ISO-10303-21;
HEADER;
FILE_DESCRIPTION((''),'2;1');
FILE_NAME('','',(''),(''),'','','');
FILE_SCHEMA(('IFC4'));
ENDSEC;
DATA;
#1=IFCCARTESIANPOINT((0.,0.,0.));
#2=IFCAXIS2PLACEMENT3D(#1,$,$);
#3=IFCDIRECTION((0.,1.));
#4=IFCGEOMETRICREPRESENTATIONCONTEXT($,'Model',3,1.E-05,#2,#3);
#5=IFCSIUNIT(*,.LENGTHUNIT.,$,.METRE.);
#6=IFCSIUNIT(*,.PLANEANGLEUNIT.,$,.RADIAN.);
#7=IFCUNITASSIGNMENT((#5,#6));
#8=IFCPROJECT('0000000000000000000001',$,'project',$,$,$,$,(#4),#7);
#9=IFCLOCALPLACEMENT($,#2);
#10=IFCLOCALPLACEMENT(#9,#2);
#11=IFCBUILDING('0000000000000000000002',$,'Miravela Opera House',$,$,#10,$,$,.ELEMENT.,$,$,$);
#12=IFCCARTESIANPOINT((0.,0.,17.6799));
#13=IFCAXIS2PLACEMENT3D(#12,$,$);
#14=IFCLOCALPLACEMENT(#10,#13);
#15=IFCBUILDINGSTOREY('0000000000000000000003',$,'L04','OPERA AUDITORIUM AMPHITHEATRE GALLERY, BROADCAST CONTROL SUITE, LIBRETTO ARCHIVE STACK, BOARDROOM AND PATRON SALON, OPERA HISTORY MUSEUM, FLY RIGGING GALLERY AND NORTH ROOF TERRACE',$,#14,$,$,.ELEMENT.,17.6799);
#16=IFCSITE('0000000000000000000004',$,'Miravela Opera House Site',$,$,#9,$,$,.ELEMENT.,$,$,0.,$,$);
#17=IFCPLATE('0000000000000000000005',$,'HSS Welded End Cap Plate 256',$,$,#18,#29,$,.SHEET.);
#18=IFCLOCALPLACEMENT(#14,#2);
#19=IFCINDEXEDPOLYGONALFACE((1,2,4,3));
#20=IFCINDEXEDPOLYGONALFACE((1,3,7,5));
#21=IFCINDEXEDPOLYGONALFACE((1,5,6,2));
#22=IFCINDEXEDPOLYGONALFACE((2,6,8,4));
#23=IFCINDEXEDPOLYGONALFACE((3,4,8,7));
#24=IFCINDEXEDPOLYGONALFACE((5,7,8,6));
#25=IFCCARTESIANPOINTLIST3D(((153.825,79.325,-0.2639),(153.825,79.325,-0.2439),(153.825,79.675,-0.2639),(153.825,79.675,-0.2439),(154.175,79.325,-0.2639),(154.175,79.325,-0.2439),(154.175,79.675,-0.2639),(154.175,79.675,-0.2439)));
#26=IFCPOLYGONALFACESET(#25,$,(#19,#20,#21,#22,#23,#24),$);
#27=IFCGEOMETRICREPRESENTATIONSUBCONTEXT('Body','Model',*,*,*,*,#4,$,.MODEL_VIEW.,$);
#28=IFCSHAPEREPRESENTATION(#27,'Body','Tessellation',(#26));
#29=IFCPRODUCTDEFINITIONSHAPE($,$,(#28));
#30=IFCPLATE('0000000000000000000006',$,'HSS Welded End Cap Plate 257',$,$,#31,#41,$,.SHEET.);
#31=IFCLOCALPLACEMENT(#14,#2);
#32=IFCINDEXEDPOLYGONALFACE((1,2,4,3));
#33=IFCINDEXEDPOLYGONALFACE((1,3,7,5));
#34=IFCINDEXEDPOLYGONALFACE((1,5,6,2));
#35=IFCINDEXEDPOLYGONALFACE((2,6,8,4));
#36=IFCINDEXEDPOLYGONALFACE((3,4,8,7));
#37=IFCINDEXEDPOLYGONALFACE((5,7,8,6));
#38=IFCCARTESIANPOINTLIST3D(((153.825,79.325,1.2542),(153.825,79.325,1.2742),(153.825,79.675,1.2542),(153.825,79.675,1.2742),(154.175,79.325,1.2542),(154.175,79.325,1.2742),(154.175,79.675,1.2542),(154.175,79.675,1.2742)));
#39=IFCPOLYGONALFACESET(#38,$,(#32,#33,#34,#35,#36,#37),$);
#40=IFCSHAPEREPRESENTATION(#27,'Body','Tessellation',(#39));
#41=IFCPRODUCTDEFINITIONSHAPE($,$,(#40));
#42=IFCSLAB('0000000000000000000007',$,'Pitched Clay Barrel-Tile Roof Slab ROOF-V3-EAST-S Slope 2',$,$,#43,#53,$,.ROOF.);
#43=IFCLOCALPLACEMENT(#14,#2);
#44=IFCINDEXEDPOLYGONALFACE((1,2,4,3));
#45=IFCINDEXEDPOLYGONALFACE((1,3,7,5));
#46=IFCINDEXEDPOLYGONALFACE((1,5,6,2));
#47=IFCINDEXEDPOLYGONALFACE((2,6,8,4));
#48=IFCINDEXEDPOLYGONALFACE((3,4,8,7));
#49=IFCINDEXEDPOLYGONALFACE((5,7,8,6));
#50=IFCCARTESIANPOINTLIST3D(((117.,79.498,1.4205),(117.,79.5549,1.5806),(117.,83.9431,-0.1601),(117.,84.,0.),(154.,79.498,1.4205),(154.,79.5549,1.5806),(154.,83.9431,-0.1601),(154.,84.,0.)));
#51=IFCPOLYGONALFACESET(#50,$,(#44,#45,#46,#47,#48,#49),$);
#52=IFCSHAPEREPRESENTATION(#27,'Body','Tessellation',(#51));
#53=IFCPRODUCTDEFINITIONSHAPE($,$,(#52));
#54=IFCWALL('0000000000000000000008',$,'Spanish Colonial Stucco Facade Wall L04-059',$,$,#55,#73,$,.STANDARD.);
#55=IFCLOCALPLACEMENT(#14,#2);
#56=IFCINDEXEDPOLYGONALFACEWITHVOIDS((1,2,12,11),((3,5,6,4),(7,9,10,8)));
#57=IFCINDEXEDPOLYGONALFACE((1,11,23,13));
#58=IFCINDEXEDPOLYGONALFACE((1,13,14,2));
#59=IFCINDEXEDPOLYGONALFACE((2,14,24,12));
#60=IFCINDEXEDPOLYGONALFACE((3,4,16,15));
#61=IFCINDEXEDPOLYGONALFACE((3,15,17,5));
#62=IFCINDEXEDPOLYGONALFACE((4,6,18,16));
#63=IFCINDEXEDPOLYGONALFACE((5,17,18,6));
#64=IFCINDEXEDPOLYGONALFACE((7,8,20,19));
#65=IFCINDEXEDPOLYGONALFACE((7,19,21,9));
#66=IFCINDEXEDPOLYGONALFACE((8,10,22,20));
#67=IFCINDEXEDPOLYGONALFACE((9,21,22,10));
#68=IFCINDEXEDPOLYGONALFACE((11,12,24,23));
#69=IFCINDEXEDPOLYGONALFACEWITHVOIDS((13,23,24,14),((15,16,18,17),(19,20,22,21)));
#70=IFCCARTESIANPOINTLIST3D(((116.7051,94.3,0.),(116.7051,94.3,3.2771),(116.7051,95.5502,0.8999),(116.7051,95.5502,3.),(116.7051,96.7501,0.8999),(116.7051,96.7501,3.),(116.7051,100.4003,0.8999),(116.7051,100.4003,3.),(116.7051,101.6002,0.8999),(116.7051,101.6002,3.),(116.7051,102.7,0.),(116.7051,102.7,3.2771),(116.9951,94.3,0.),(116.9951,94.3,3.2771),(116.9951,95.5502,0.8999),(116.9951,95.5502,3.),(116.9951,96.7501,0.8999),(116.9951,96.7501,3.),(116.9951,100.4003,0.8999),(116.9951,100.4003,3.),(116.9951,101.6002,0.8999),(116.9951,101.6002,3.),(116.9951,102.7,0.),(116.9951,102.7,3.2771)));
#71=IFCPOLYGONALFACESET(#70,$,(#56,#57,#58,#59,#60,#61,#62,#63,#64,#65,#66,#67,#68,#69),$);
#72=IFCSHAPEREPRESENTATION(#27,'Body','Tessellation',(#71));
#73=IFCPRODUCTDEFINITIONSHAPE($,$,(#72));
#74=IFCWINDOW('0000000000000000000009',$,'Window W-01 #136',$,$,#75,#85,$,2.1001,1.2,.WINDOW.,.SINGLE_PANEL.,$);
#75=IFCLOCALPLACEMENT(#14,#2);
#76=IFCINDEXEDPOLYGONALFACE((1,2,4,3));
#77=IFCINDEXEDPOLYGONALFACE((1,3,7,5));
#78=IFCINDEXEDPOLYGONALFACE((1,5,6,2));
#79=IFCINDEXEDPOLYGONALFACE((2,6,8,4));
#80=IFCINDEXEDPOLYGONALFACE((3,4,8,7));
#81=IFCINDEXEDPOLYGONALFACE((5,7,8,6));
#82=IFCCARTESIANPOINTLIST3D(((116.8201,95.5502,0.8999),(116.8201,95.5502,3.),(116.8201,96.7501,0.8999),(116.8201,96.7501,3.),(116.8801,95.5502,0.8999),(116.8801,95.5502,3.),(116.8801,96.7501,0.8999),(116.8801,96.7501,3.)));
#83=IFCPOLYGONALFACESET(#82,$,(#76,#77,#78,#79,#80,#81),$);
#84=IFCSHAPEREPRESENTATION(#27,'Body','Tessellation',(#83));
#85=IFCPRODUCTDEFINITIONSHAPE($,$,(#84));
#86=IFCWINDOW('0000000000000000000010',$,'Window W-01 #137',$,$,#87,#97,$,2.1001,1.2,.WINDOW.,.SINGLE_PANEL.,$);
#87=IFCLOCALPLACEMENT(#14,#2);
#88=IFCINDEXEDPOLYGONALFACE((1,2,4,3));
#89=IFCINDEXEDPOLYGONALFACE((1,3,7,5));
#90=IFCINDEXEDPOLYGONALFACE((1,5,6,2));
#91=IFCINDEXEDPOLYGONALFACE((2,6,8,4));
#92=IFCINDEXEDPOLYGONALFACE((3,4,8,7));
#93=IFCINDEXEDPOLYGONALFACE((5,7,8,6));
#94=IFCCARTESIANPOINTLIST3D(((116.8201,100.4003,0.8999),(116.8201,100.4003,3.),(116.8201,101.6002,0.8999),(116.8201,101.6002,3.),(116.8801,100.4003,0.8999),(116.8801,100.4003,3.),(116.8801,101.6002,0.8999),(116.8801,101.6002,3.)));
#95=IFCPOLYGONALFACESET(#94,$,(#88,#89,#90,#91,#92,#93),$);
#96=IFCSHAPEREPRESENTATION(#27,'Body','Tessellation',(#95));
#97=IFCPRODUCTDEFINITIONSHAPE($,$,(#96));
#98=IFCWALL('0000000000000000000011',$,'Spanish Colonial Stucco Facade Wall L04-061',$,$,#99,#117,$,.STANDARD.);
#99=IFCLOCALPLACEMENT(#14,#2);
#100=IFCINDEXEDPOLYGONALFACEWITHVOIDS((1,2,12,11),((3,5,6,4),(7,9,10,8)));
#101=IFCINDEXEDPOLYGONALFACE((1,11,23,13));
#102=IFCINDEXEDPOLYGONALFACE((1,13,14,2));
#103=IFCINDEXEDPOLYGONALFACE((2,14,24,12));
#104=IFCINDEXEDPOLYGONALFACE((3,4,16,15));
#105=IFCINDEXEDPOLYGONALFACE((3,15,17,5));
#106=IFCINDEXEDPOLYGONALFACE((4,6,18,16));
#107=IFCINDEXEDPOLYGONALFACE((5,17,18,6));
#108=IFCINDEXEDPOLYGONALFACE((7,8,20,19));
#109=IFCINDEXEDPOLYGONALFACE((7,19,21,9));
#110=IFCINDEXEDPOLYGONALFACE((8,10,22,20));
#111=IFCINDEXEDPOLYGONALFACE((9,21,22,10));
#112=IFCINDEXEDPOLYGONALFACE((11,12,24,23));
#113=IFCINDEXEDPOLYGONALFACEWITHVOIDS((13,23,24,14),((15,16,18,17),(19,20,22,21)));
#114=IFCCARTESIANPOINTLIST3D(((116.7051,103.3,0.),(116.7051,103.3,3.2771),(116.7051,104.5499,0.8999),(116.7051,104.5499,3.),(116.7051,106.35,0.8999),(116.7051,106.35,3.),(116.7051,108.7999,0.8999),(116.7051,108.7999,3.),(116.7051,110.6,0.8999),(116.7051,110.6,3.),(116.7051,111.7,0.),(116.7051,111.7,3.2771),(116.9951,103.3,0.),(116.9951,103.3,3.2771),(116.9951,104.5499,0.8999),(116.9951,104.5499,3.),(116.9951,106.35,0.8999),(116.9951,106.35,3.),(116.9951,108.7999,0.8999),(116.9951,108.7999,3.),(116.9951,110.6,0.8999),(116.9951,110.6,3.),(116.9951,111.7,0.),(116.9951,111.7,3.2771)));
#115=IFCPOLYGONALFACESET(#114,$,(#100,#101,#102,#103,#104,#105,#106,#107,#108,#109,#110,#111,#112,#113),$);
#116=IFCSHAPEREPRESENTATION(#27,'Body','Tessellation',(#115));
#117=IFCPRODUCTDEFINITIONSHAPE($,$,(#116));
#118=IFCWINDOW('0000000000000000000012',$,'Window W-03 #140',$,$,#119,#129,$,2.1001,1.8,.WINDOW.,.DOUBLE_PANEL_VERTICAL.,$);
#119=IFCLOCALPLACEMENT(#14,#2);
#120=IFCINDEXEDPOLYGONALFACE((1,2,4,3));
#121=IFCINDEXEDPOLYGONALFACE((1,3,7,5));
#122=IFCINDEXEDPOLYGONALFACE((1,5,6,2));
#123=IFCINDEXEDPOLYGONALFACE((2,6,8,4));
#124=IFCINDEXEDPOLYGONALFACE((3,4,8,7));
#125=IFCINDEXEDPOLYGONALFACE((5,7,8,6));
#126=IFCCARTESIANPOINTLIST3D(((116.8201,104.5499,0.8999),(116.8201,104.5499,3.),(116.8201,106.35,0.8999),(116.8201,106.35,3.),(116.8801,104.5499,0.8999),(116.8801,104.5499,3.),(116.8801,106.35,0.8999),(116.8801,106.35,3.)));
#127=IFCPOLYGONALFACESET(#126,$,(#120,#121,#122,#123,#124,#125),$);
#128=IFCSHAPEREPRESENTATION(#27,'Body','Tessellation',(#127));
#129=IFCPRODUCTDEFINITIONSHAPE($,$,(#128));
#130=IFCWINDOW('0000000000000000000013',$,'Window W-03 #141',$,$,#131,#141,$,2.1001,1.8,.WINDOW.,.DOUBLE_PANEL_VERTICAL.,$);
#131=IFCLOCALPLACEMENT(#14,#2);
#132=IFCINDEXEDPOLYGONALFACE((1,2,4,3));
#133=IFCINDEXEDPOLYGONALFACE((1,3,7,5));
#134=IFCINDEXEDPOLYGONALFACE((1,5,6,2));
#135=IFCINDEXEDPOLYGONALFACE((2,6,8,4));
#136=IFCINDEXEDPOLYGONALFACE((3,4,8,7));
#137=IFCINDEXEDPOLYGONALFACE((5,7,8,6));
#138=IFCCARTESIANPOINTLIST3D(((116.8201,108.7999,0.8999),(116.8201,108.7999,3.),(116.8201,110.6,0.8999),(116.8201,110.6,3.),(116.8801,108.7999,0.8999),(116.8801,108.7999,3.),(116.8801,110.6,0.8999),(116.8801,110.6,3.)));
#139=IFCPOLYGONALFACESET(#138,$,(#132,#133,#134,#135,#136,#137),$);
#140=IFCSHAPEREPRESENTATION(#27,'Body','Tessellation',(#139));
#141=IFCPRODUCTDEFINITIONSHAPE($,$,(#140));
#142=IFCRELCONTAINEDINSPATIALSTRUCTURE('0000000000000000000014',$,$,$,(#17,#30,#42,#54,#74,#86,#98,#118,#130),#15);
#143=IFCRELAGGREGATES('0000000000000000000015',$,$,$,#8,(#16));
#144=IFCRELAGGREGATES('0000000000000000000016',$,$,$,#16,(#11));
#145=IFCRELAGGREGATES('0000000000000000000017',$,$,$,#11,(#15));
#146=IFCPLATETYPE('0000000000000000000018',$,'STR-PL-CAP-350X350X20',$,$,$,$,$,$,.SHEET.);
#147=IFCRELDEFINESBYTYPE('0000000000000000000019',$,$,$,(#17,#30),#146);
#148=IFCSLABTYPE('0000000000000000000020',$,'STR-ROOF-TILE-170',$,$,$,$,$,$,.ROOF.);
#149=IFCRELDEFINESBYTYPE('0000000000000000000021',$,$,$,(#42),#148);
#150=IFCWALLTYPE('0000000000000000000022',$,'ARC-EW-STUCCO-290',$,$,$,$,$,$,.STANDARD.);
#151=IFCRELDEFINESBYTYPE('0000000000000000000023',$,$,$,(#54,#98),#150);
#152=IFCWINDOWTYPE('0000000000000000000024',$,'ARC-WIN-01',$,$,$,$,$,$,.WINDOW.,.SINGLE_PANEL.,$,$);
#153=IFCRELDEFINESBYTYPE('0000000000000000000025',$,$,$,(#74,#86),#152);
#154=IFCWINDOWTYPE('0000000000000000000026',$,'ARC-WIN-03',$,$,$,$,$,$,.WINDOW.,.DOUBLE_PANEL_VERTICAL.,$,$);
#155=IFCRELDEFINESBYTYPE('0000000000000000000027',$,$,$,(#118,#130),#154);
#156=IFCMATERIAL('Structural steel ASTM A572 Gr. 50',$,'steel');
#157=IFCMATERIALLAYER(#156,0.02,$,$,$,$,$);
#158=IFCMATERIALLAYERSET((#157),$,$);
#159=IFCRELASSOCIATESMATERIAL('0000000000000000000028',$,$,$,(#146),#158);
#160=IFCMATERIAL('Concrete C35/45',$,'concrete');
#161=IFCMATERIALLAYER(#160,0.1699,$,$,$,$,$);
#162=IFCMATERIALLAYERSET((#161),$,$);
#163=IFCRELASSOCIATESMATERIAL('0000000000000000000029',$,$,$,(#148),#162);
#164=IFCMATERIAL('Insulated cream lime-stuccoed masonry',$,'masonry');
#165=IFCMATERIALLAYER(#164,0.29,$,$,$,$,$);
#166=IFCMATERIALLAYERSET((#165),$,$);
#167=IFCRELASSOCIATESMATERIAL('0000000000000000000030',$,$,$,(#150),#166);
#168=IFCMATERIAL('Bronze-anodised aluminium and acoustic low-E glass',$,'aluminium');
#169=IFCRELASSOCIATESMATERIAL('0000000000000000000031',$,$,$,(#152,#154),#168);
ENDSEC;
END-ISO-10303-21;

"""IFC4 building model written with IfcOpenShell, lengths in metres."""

from ifc_helpers import new_model, si_unit, direction, frame, frame_2d, origin, origin_2d, place, context, subcontext, project, spatial, polyline, rectangle, outline, extrude, material, layer, layer_set, type_object, element, fill, save


model = new_model("IFC4")

# Units and contexts
model_context = context("Model", 3, precision=1e-05, world=origin(), true_north=direction((0.0, 1.0)))
body_context = subcontext(model_context, "Body", "Model", "MODEL_VIEW")
ifc_project = project(units=[si_unit("LENGTHUNIT", "METRE"), si_unit("PLANEANGLEUNIT", "RADIAN")], contexts=[model_context])

# Site, building, storey
site_placement = place(None, origin())
site = spatial("IfcSite", under=ifc_project, at=site_placement, Name="Miravela Opera House Site", CompositionType="ELEMENT", RefElevation=0.0)
building_placement = place(site_placement, origin())
building = spatial("IfcBuilding", under=site, at=building_placement, Name="Miravela Opera House", CompositionType="ELEMENT")
storey_placement = place(building_placement, frame((0.0, 0.0, 17.6799)))
storey = spatial("IfcBuildingStorey", under=building, at=storey_placement, Name="L04", Description="OPERA AUDITORIUM AMPHITHEATRE GALLERY, BROADCAST CONTROL SUITE, LIBRETTO ARCHIVE STACK, BOARDROOM AND PATRON SALON, OPERA HISTORY MUSEUM, FLY RIGGING GALLERY AND NORTH ROOF TERRACE", CompositionType="ELEMENT", Elevation=17.6799)

# Shared definitions
ifc_material_1 = material(Name="Concrete C35/45", Category="concrete")

# Plates
ifc_material_2 = material(Name="Structural steel ASTM A572 Gr. 50", Category="steel")
ifc_layer_1 = layer(ifc_material_2, 0.02)
ifc_layer_set_1 = layer_set([ifc_layer_1])
plate_type = type_object("IfcPlateType", Name="STR-PL-CAP-350X350X20", PredefinedType="SHEET", material=ifc_layer_set_1)
for number, where, z_axis, x_axis, name in (
    (1, (154.0, 79.5, -0.2639), (0.0, 0.0, 1.0), (1.0, 0.0, 0.0), "HSS Welded End Cap Plate 256"),
    (2, (154.0, 79.5, 1.2542), (0.0, 0.0, 1.0), (1.0, 0.0, 0.0), "HSS Welded End Cap Plate 257"),
):
    element("IfcPlate", number, at=place(storey_placement, frame(where, z_axis=z_axis, x_axis=x_axis)), inside=storey, type_object=plate_type, Name=name, PredefinedType="SHEET", context=body_context, shape_type="SweptSolid", body=[
        extrude(rectangle(XDim=0.3501, YDim=0.3501, at=origin_2d()), origin(), (0.0, 0.0, 1.0), 0.02),
    ])

# Slab
ifc_layer_2 = layer(ifc_material_1, 0.1699)
ifc_layer_set_2 = layer_set([ifc_layer_2])
slab_type = type_object("IfcSlabType", Name="STR-ROOF-TILE-170", PredefinedType="ROOF", material=ifc_layer_set_2)
slab_placement = place(storey_placement, frame((154.0, 84.0, 0.0), z_axis=(0.0, 0.335028, 0.942208), x_axis=(-1.0, 0.0, 0.0)))
element("IfcSlab", 3, at=slab_placement, inside=storey, type_object=slab_type, Name="Pitched Clay Barrel-Tile Roof Slab ROOF-V3-EAST-S Slope 2", PredefinedType="ROOF", context=body_context, shape_type="SweptSolid", body=[
    extrude(outline(polyline([(0.0, 0.0), (37.0, 0.0), (37.0, 4.7177), (0.0, 4.7177), (0.0, 0.0)])), origin(), (0.0, 0.0, -1.0), 0.1699),
])

# Walls, openings, windows
ifc_material_3 = material(Name="Insulated cream lime-stuccoed masonry", Category="masonry")
ifc_layer_3 = layer(ifc_material_3, 0.29)
ifc_layer_set_3 = layer_set([ifc_layer_3])
wall_type = type_object("IfcWallType", Name="ARC-EW-STUCCO-290", PredefinedType="STANDARD", material=ifc_layer_set_3)
wall_1_placement = place(storey_placement, frame((116.8501, 94.3, 0.0), z_axis=(0.0, 0.0, 1.0), x_axis=(0.0, 1.0, 0.0)))
wall_1 = element("IfcWall", 4, at=wall_1_placement, inside=storey, type_object=wall_type, Name="Spanish Colonial Stucco Facade Wall L04-059", PredefinedType="STANDARD", context=body_context, shape_type="SweptSolid", body=[
    extrude(rectangle(XDim=8.3999, YDim=0.29, at=frame_2d((4.2, 0.0))), origin(), (0.0, 0.0, 1.0), 3.2771),
])
opening_1_placement = place(wall_1_placement, frame((1.25, 0.0, 0.8999)))
opening_1 = element("IfcOpeningElement", 5, at=opening_1_placement, cuts=wall_1, PredefinedType="OPENING", context=body_context, shape_type="SweptSolid", body=[
    extrude(rectangle(XDim=1.2, YDim=2.1001, at=frame_2d((0.6001, 1.05))), frame((0.0, 0.155, 0.0), z_axis=(0.0, -1.0, 0.0), x_axis=(1.0, 0.0, 0.0)), (0.0, 0.0, 1.0), 0.3101),
])
opening_2_placement = place(wall_1_placement, frame((6.1001, 0.0, 0.8999)))
opening_2 = element("IfcOpeningElement", 6, at=opening_2_placement, cuts=wall_1, PredefinedType="OPENING", context=body_context, shape_type="SweptSolid", body=[
    extrude(rectangle(XDim=1.2, YDim=2.1001, at=frame_2d((0.6001, 1.05))), frame((0.0, 0.155, 0.0), z_axis=(0.0, -1.0, 0.0), x_axis=(1.0, 0.0, 0.0)), (0.0, 0.0, 1.0), 0.3101),
])
ifc_material_4 = material(Name="Bronze-anodised aluminium and acoustic low-E glass", Category="aluminium")
window_type_1 = type_object("IfcWindowType", Name="ARC-WIN-01", PartitioningType="SINGLE_PANEL", PredefinedType="WINDOW", material=ifc_material_4)
window_1_placement = place(opening_1_placement, origin())
window_1 = element("IfcWindow", 7, at=window_1_placement, inside=storey, type_object=window_type_1, Name="Window W-01 #136", OverallHeight=2.1001, OverallWidth=1.2, PartitioningType="SINGLE_PANEL", PredefinedType="WINDOW", context=body_context, shape_type="SweptSolid", body=[
    extrude(rectangle(XDim=1.2, YDim=2.1001, at=frame_2d((0.6001, 1.05))), frame((0.0, 0.03, 0.0), z_axis=(0.0, -1.0, 0.0), x_axis=(1.0, 0.0, 0.0)), (0.0, 0.0, 1.0), 0.0601),
])
fill(opening_1, window_1)
window_2_placement = place(opening_2_placement, origin())
window_2 = element("IfcWindow", 8, at=window_2_placement, inside=storey, type_object=window_type_1, Name="Window W-01 #137", OverallHeight=2.1001, OverallWidth=1.2, PartitioningType="SINGLE_PANEL", PredefinedType="WINDOW", context=body_context, shape_type="SweptSolid", body=[
    extrude(rectangle(XDim=1.2, YDim=2.1001, at=frame_2d((0.6001, 1.05))), frame((0.0, 0.03, 0.0), z_axis=(0.0, -1.0, 0.0), x_axis=(1.0, 0.0, 0.0)), (0.0, 0.0, 1.0), 0.0601),
])
fill(opening_2, window_2)
wall_2_placement = place(storey_placement, frame((116.8501, 103.3, 0.0), z_axis=(0.0, 0.0, 1.0), x_axis=(0.0, 1.0, 0.0)))
wall_2 = element("IfcWall", 9, at=wall_2_placement, inside=storey, type_object=wall_type, Name="Spanish Colonial Stucco Facade Wall L04-061", PredefinedType="STANDARD", context=body_context, shape_type="SweptSolid", body=[
    extrude(rectangle(XDim=8.3999, YDim=0.29, at=frame_2d((4.2, 0.0))), origin(), (0.0, 0.0, 1.0), 3.2771),
])
opening_3_placement = place(wall_2_placement, frame((1.25, 0.0, 0.8999)))
opening_3 = element("IfcOpeningElement", 10, at=opening_3_placement, cuts=wall_2, PredefinedType="OPENING", context=body_context, shape_type="SweptSolid", body=[
    extrude(rectangle(XDim=1.8, YDim=2.1001, at=frame_2d((0.8999, 1.05))), frame((0.0, 0.155, 0.0), z_axis=(0.0, -1.0, 0.0), x_axis=(1.0, 0.0, 0.0)), (0.0, 0.0, 1.0), 0.3101),
])
opening_4_placement = place(wall_2_placement, frame((5.5, 0.0, 0.8999)))
opening_4 = element("IfcOpeningElement", 11, at=opening_4_placement, cuts=wall_2, PredefinedType="OPENING", context=body_context, shape_type="SweptSolid", body=[
    extrude(rectangle(XDim=1.8, YDim=2.1001, at=frame_2d((0.8999, 1.05))), frame((0.0, 0.155, 0.0), z_axis=(0.0, -1.0, 0.0), x_axis=(1.0, 0.0, 0.0)), (0.0, 0.0, 1.0), 0.3101),
])
window_type_2 = type_object("IfcWindowType", Name="ARC-WIN-03", PartitioningType="DOUBLE_PANEL_VERTICAL", PredefinedType="WINDOW", material=ifc_material_4)
window_3_placement = place(opening_3_placement, origin())
window_3 = element("IfcWindow", 12, at=window_3_placement, inside=storey, type_object=window_type_2, Name="Window W-03 #140", OverallHeight=2.1001, OverallWidth=1.8, PartitioningType="DOUBLE_PANEL_VERTICAL", PredefinedType="WINDOW", context=body_context, shape_type="SweptSolid", body=[
    extrude(rectangle(XDim=1.8, YDim=2.1001, at=frame_2d((0.8999, 1.05))), frame((0.0, 0.03, 0.0), z_axis=(0.0, -1.0, 0.0), x_axis=(1.0, 0.0, 0.0)), (0.0, 0.0, 1.0), 0.0601),
])
fill(opening_3, window_3)
window_4_placement = place(opening_4_placement, origin())
window_4 = element("IfcWindow", 13, at=window_4_placement, inside=storey, type_object=window_type_2, Name="Window W-03 #141", OverallHeight=2.1001, OverallWidth=1.8, PartitioningType="DOUBLE_PANEL_VERTICAL", PredefinedType="WINDOW", context=body_context, shape_type="SweptSolid", body=[
    extrude(rectangle(XDim=1.8, YDim=2.1001, at=frame_2d((0.8999, 1.05))), frame((0.0, 0.03, 0.0), z_axis=(0.0, -1.0, 0.0), x_axis=(1.0, 0.0, 0.0)), (0.0, 0.0, 1.0), 0.0601),
])
fill(opening_4, window_4)

save(model, "model.ifc")
